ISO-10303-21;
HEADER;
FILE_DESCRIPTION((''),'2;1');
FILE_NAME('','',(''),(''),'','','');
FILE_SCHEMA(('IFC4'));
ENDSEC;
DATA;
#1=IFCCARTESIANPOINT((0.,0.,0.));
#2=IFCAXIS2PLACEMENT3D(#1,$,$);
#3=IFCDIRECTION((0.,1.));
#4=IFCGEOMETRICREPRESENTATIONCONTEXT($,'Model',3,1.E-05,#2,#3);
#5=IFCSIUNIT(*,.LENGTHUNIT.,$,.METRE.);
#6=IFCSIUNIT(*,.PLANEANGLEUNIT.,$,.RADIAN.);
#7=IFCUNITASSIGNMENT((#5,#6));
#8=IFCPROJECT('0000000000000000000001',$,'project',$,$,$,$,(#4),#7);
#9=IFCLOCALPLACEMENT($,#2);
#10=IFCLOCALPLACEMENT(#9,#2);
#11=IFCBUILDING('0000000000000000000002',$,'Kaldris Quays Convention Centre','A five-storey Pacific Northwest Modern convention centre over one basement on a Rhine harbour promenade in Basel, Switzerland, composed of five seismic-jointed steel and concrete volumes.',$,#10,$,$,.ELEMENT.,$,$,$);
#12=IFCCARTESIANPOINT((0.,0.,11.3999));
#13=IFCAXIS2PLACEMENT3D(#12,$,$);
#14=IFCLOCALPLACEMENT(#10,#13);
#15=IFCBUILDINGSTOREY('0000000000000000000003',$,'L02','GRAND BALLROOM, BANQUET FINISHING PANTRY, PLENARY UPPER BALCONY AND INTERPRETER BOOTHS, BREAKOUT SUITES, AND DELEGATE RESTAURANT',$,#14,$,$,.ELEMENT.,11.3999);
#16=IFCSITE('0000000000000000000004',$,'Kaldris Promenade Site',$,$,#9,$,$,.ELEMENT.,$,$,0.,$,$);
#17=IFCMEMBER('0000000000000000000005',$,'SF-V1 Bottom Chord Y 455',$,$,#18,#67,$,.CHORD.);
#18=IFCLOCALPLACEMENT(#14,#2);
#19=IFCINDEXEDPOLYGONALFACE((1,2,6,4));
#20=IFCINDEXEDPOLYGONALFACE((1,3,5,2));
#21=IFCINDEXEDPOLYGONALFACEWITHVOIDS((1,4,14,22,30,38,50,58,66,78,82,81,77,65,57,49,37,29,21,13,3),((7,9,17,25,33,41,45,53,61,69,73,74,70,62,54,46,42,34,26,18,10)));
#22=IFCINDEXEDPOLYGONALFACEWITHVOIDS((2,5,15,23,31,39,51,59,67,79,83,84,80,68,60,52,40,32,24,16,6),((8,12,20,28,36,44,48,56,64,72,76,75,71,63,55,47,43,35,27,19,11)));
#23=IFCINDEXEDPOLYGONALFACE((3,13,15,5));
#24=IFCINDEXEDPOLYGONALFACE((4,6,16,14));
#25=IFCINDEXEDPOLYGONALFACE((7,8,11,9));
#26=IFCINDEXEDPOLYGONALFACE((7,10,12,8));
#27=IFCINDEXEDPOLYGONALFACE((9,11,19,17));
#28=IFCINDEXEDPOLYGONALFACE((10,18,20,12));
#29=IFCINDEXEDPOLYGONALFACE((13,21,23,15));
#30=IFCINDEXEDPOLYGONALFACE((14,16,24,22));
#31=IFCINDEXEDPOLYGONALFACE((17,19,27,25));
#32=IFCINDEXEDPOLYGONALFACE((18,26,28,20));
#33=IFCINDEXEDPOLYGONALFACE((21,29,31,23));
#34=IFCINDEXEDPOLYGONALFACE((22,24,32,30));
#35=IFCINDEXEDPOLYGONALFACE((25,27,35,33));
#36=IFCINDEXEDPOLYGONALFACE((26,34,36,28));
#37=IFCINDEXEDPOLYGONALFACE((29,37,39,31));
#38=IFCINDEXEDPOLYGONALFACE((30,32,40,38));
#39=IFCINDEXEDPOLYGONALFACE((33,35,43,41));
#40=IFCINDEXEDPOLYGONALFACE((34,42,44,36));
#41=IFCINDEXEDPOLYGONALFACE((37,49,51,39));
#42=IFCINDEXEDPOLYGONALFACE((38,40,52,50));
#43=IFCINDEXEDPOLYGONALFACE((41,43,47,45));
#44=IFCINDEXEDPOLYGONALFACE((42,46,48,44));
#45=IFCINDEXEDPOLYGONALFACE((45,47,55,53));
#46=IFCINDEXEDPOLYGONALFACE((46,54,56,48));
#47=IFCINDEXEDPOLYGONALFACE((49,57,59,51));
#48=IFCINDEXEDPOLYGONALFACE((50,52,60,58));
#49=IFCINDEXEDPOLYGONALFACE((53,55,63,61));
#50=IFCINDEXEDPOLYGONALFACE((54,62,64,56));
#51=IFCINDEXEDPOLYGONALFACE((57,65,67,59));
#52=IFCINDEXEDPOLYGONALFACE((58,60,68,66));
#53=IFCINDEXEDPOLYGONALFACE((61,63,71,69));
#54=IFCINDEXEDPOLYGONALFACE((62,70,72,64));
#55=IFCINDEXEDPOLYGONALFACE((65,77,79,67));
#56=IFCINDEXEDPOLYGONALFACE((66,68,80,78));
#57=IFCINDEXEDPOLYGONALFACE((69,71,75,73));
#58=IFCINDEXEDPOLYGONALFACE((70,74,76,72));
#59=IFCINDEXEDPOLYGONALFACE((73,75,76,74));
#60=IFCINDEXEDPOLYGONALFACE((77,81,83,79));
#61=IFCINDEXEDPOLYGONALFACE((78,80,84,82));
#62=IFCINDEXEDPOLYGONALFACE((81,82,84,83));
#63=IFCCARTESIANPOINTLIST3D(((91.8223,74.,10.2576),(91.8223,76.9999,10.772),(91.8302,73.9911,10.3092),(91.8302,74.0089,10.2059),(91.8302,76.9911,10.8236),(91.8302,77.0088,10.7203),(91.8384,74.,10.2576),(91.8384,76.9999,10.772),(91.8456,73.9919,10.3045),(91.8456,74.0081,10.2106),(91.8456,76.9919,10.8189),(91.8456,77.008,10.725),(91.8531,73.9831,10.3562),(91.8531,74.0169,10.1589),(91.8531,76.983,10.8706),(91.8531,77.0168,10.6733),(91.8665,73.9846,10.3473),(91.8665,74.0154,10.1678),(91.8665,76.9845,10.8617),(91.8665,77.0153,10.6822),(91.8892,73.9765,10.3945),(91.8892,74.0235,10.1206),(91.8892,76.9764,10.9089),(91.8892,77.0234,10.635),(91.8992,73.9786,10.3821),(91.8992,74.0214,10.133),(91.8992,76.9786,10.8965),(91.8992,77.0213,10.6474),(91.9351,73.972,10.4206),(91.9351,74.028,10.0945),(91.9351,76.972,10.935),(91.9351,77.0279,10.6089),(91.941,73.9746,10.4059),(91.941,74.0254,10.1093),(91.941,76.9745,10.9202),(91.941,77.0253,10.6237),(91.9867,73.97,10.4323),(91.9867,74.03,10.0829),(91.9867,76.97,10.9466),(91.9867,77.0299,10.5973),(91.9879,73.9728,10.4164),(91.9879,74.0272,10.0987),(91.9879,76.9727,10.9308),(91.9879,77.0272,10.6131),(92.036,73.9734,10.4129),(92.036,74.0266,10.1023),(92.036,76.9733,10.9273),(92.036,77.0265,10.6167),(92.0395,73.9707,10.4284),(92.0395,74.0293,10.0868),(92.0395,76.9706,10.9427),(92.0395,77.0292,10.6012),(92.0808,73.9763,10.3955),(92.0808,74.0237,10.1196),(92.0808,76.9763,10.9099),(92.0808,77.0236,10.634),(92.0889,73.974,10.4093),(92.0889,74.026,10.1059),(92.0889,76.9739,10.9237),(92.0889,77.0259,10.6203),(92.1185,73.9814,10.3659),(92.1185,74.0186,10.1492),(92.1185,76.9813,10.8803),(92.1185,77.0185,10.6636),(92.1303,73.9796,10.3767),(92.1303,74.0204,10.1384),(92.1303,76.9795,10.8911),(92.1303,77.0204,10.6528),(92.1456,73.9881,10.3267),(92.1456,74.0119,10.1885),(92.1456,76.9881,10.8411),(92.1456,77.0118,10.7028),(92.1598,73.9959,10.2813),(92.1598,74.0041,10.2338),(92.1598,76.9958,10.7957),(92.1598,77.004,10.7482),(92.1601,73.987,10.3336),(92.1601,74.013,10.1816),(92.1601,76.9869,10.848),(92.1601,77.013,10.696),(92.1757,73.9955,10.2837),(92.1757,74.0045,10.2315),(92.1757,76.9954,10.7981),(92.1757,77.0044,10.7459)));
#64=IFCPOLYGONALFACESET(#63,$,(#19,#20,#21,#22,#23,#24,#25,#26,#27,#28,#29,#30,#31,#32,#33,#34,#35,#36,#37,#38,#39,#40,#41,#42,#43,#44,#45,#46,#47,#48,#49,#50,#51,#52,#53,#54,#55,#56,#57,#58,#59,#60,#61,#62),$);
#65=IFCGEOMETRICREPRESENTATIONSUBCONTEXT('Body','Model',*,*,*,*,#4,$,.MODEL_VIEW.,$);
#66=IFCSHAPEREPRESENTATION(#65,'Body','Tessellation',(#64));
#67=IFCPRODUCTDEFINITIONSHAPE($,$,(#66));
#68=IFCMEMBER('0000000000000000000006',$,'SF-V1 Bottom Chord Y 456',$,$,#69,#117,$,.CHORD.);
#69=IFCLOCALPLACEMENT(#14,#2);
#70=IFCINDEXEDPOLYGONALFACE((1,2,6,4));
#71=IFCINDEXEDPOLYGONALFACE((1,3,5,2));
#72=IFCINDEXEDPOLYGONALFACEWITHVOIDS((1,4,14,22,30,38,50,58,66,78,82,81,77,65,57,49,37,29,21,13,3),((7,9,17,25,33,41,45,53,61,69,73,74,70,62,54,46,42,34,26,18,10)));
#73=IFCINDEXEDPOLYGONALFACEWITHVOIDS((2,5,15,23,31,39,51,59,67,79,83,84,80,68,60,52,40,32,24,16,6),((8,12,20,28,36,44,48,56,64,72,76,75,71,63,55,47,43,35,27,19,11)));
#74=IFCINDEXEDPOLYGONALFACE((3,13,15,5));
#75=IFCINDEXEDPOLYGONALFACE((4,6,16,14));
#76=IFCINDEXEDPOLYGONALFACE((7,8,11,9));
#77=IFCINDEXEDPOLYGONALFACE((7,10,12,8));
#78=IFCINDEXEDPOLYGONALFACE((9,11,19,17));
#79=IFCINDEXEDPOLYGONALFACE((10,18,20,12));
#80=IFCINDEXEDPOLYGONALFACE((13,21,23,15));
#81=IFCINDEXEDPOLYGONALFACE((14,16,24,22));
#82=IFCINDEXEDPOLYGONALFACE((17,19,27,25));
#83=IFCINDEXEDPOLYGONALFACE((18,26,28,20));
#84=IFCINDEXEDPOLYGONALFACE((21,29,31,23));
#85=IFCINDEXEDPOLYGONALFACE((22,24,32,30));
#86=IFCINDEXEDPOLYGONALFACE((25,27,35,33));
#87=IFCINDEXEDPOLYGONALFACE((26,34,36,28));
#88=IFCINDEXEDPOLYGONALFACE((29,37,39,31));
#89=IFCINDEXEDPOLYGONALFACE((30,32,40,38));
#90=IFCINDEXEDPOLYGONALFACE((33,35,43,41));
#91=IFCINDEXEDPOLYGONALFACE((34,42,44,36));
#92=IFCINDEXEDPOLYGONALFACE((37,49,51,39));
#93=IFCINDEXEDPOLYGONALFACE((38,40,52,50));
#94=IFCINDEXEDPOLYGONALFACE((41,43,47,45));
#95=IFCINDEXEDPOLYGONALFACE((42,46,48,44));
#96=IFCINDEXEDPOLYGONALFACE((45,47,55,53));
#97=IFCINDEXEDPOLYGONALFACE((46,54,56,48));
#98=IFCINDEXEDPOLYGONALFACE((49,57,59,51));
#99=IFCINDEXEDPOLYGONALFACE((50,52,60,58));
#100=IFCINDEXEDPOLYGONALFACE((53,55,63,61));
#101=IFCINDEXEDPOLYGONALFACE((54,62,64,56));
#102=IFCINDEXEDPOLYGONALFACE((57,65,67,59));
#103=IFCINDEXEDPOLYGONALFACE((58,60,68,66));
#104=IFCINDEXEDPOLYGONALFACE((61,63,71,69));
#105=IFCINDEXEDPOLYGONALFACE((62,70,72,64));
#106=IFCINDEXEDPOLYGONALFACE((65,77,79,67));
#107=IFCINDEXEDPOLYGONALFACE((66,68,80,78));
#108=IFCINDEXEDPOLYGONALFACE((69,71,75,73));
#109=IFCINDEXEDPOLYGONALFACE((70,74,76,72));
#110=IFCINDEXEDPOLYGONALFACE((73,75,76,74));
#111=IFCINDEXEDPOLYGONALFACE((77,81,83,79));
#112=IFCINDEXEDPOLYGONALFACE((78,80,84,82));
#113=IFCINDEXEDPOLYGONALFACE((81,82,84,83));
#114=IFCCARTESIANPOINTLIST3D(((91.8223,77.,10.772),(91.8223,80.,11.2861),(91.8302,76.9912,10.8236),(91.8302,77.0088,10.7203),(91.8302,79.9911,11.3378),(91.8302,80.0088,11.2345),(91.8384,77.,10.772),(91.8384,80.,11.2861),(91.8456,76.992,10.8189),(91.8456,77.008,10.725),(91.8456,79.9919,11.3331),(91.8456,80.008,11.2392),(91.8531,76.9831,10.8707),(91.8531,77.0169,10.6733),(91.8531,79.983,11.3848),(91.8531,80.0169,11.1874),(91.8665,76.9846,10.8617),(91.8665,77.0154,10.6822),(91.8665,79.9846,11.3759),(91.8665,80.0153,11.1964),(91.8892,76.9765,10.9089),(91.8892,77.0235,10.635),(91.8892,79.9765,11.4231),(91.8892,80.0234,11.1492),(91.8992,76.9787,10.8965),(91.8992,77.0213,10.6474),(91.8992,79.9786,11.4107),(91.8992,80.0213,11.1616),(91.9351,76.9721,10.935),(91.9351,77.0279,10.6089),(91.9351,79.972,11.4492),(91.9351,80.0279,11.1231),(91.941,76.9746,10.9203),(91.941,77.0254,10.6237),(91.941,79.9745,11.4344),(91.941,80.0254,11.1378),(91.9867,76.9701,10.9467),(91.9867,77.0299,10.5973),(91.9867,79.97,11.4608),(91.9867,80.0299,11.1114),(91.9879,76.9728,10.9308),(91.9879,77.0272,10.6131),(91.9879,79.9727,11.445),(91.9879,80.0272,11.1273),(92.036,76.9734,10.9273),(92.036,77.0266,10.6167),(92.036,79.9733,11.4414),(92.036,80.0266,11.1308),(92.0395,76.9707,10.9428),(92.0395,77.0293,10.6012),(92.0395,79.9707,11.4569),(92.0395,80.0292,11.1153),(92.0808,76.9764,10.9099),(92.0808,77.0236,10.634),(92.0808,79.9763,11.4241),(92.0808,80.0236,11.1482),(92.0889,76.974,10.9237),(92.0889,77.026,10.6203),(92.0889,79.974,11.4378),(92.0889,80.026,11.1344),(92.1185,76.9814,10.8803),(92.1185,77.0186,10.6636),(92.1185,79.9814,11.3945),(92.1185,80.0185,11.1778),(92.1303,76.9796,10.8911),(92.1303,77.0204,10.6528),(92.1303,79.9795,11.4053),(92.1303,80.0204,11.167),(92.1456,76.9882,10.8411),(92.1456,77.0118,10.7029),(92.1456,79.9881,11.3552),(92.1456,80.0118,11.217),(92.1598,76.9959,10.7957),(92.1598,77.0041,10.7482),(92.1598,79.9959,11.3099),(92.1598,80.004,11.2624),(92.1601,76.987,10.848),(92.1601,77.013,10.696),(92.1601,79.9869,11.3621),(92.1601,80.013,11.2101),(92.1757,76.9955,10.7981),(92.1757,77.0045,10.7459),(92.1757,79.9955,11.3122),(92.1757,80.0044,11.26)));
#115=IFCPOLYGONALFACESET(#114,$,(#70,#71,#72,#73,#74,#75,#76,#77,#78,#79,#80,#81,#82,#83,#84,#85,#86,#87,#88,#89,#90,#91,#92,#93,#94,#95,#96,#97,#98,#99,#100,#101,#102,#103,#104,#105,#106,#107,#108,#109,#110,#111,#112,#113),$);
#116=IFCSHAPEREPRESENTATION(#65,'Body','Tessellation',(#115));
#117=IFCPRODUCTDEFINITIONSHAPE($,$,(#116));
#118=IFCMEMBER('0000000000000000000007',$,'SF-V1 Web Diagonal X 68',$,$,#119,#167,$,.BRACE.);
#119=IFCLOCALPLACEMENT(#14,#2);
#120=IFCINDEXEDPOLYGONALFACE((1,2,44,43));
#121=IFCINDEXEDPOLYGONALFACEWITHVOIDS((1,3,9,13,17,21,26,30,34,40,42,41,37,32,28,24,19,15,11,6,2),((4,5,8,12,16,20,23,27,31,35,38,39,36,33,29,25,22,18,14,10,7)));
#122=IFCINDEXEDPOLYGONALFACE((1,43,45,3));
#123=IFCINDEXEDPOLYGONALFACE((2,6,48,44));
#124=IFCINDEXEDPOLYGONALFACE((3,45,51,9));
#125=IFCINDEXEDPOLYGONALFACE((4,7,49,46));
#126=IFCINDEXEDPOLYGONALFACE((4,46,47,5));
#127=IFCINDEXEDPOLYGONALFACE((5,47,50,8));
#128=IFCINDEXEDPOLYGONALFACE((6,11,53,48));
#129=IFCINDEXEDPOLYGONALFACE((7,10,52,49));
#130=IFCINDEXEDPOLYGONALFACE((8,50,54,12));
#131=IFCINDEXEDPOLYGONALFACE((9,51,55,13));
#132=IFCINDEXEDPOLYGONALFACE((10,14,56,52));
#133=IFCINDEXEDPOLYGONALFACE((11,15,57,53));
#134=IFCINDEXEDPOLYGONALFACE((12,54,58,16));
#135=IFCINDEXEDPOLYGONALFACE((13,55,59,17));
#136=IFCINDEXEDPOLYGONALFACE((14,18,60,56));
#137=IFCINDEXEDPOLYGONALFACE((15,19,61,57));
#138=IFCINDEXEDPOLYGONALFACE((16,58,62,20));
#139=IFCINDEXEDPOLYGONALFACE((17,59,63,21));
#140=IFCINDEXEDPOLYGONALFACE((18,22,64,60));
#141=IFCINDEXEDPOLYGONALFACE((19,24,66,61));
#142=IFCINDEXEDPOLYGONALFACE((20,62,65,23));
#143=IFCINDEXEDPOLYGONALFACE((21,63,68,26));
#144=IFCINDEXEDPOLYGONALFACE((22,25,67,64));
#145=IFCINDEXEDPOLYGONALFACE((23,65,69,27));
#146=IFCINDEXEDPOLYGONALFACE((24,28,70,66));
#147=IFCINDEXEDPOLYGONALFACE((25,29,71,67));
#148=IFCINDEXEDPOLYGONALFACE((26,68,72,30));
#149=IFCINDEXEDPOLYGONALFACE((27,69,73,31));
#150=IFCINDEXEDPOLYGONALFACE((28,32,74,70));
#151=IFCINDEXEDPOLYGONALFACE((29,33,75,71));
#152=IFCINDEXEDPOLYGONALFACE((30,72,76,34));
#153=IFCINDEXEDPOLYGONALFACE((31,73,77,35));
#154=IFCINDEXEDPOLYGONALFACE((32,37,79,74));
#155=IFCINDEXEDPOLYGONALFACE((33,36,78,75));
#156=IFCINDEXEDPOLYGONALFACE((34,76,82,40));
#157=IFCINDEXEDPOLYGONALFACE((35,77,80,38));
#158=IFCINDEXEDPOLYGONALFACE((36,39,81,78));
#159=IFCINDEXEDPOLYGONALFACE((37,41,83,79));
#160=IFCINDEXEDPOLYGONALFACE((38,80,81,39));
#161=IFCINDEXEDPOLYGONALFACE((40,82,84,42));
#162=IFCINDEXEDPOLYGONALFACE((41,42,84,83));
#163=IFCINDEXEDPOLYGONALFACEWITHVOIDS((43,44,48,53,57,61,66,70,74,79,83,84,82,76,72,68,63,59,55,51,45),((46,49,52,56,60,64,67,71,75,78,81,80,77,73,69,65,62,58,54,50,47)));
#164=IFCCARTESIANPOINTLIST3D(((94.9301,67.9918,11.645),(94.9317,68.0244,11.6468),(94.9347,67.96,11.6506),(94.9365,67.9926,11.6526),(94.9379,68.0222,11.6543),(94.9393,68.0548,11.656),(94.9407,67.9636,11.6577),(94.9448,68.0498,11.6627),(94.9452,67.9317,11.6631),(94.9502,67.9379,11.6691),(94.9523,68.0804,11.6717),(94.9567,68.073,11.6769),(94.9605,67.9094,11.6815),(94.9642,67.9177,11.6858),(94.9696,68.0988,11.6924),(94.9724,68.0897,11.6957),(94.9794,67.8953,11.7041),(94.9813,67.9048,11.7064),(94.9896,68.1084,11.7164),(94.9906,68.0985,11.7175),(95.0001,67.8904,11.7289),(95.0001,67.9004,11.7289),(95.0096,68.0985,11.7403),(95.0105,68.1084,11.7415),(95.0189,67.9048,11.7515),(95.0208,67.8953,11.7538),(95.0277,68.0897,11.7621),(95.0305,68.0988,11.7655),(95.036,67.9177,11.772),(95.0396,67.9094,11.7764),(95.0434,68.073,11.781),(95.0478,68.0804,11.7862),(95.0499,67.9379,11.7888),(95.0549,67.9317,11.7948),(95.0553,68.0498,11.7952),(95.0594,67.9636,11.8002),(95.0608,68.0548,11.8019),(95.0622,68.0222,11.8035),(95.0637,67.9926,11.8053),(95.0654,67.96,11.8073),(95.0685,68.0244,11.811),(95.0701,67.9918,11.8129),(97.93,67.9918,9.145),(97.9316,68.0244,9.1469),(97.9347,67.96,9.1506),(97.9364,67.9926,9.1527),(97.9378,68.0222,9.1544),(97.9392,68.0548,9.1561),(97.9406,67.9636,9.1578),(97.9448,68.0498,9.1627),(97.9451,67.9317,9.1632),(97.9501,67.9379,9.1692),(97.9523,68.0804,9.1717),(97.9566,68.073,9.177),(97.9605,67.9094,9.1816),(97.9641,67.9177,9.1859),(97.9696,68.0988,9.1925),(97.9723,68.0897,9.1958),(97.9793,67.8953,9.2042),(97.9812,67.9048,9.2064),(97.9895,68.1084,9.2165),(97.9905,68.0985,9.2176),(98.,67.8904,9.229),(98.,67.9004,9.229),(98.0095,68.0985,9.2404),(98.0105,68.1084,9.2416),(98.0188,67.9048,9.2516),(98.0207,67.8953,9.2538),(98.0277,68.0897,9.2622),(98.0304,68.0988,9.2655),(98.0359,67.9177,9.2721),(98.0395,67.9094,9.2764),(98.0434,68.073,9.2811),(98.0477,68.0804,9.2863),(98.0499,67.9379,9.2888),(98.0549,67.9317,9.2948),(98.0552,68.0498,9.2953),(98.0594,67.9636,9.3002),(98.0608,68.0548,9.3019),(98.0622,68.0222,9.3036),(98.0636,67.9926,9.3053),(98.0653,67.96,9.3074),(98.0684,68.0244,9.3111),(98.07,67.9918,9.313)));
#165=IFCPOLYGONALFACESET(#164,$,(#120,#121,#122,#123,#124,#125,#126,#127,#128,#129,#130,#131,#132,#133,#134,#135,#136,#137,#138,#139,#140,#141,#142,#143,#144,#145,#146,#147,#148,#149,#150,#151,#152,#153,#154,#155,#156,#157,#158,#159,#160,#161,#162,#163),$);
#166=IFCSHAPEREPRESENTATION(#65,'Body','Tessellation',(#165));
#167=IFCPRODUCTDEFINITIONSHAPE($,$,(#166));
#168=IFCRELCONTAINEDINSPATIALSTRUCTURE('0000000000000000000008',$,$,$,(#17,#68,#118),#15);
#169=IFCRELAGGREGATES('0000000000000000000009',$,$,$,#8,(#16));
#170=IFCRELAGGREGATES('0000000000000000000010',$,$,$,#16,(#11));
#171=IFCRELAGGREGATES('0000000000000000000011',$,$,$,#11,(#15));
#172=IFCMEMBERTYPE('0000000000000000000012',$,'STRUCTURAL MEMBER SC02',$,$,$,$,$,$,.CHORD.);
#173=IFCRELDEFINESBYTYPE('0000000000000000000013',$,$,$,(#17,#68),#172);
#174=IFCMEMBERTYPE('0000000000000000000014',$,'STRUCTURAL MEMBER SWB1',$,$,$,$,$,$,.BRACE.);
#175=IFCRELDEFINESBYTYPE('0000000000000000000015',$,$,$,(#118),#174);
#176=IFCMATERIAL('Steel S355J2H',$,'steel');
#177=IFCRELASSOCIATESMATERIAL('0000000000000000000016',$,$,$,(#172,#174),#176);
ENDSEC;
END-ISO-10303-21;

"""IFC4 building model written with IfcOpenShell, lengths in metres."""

from ifc_helpers import new_model, si_unit, direction, frame, origin, origin_2d, place, context, subcontext, project, spatial, hollow_circle, extrude, material, material_profile, profile_set, type_object, element, save


model = new_model("IFC4")

# Units and contexts
model_context = context("Model", 3, precision=1e-05, world=origin(), true_north=direction((0.0, 1.0)))
body_context = subcontext(model_context, "Body", "Model", "MODEL_VIEW")
ifc_project = project(units=[si_unit("LENGTHUNIT", "METRE"), si_unit("PLANEANGLEUNIT", "RADIAN")], contexts=[model_context])

# Site, building, storey
site_placement = place(None, origin())
site = spatial("IfcSite", under=ifc_project, at=site_placement, Name="Kaldris Promenade Site", CompositionType="ELEMENT", RefElevation=0.0)
building_placement = place(site_placement, origin())
building = spatial("IfcBuilding", under=site, at=building_placement, Name="Kaldris Quays Convention Centre", Description="A five-storey Pacific Northwest Modern convention centre over one basement on a Rhine harbour promenade in Basel, Switzerland, composed of five seismic-jointed steel and concrete volumes.", CompositionType="ELEMENT")
storey_placement = place(building_placement, frame((0.0, 0.0, 11.3999)))
storey = spatial("IfcBuildingStorey", under=building, at=storey_placement, Name="L02", Description="GRAND BALLROOM, BANQUET FINISHING PANTRY, PLENARY UPPER BALCONY AND INTERPRETER BOOTHS, BREAKOUT SUITES, AND DELEGATE RESTAURANT", CompositionType="ELEMENT", Elevation=11.3999)

# Members
ifc_material_1 = material(Name="Steel S355J2H", Category="steel")
ifc_material_profile_1 = material_profile(ifc_material_1, hollow_circle(Radius=0.1777, WallThickness=0.0161, at=origin_2d()), Name="CHS 355.6x16")
ifc_profile_set_1 = profile_set([ifc_material_profile_1], Name="Steel S355J2H")
member_type_1 = type_object("IfcMemberType", Name="STRUCTURAL MEMBER SC02", PredefinedType="CHORD", material=ifc_profile_set_1)
for number, where, z_axis, x_axis, name in (
    (1, (92.0, 74.0, 10.2576), (0.0, 0.985616, 0.169002), (-1.0, 0.0, 0.0), "SF-V1 Bottom Chord Y 455"),
    (2, (92.0, 77.0, 10.772), (0.0, 0.985629, 0.168924), (-1.0, 0.0, 0.0), "SF-V1 Bottom Chord Y 456"),
):
    element("IfcMember", number, at=place(storey_placement, frame(where, z_axis=z_axis, x_axis=x_axis)), inside=storey, type_object=member_type_1, Name=name, PredefinedType="CHORD", context=body_context, shape_type="SweptSolid", body=[
        extrude(hollow_circle(Radius=0.1777, WallThickness=0.0161, at=origin_2d()), origin(), (0.0, 0.0, 1.0), 3.0437),
    ])
ifc_material_profile_2 = material_profile(ifc_material_1, hollow_circle(Radius=0.1096, WallThickness=0.01, at=origin_2d()), Name="CHS 219.1x10")
ifc_profile_set_2 = profile_set([ifc_material_profile_2], Name="Steel S355J2H")
member_type_2 = type_object("IfcMemberType", Name="STRUCTURAL MEMBER SWB1", PredefinedType="BRACE", material=ifc_profile_set_2)
for number, where, z_axis, x_axis, name in (
    (3, (98.0, 68.0, 9.229), (-0.768221, 0.0, 0.640184), (0.0, -1.0, 0.0), "SF-V1 Web Diagonal X 68"),
):
    element("IfcMember", number, at=place(storey_placement, frame(where, z_axis=z_axis, x_axis=x_axis)), inside=storey, type_object=member_type_2, Name=name, PredefinedType="BRACE", context=body_context, shape_type="SweptSolid", body=[
        extrude(hollow_circle(Radius=0.1096, WallThickness=0.01, at=origin_2d()), origin(), (0.0, 0.0, 1.0), 3.905),
    ])

save(model, "model.ifc")
